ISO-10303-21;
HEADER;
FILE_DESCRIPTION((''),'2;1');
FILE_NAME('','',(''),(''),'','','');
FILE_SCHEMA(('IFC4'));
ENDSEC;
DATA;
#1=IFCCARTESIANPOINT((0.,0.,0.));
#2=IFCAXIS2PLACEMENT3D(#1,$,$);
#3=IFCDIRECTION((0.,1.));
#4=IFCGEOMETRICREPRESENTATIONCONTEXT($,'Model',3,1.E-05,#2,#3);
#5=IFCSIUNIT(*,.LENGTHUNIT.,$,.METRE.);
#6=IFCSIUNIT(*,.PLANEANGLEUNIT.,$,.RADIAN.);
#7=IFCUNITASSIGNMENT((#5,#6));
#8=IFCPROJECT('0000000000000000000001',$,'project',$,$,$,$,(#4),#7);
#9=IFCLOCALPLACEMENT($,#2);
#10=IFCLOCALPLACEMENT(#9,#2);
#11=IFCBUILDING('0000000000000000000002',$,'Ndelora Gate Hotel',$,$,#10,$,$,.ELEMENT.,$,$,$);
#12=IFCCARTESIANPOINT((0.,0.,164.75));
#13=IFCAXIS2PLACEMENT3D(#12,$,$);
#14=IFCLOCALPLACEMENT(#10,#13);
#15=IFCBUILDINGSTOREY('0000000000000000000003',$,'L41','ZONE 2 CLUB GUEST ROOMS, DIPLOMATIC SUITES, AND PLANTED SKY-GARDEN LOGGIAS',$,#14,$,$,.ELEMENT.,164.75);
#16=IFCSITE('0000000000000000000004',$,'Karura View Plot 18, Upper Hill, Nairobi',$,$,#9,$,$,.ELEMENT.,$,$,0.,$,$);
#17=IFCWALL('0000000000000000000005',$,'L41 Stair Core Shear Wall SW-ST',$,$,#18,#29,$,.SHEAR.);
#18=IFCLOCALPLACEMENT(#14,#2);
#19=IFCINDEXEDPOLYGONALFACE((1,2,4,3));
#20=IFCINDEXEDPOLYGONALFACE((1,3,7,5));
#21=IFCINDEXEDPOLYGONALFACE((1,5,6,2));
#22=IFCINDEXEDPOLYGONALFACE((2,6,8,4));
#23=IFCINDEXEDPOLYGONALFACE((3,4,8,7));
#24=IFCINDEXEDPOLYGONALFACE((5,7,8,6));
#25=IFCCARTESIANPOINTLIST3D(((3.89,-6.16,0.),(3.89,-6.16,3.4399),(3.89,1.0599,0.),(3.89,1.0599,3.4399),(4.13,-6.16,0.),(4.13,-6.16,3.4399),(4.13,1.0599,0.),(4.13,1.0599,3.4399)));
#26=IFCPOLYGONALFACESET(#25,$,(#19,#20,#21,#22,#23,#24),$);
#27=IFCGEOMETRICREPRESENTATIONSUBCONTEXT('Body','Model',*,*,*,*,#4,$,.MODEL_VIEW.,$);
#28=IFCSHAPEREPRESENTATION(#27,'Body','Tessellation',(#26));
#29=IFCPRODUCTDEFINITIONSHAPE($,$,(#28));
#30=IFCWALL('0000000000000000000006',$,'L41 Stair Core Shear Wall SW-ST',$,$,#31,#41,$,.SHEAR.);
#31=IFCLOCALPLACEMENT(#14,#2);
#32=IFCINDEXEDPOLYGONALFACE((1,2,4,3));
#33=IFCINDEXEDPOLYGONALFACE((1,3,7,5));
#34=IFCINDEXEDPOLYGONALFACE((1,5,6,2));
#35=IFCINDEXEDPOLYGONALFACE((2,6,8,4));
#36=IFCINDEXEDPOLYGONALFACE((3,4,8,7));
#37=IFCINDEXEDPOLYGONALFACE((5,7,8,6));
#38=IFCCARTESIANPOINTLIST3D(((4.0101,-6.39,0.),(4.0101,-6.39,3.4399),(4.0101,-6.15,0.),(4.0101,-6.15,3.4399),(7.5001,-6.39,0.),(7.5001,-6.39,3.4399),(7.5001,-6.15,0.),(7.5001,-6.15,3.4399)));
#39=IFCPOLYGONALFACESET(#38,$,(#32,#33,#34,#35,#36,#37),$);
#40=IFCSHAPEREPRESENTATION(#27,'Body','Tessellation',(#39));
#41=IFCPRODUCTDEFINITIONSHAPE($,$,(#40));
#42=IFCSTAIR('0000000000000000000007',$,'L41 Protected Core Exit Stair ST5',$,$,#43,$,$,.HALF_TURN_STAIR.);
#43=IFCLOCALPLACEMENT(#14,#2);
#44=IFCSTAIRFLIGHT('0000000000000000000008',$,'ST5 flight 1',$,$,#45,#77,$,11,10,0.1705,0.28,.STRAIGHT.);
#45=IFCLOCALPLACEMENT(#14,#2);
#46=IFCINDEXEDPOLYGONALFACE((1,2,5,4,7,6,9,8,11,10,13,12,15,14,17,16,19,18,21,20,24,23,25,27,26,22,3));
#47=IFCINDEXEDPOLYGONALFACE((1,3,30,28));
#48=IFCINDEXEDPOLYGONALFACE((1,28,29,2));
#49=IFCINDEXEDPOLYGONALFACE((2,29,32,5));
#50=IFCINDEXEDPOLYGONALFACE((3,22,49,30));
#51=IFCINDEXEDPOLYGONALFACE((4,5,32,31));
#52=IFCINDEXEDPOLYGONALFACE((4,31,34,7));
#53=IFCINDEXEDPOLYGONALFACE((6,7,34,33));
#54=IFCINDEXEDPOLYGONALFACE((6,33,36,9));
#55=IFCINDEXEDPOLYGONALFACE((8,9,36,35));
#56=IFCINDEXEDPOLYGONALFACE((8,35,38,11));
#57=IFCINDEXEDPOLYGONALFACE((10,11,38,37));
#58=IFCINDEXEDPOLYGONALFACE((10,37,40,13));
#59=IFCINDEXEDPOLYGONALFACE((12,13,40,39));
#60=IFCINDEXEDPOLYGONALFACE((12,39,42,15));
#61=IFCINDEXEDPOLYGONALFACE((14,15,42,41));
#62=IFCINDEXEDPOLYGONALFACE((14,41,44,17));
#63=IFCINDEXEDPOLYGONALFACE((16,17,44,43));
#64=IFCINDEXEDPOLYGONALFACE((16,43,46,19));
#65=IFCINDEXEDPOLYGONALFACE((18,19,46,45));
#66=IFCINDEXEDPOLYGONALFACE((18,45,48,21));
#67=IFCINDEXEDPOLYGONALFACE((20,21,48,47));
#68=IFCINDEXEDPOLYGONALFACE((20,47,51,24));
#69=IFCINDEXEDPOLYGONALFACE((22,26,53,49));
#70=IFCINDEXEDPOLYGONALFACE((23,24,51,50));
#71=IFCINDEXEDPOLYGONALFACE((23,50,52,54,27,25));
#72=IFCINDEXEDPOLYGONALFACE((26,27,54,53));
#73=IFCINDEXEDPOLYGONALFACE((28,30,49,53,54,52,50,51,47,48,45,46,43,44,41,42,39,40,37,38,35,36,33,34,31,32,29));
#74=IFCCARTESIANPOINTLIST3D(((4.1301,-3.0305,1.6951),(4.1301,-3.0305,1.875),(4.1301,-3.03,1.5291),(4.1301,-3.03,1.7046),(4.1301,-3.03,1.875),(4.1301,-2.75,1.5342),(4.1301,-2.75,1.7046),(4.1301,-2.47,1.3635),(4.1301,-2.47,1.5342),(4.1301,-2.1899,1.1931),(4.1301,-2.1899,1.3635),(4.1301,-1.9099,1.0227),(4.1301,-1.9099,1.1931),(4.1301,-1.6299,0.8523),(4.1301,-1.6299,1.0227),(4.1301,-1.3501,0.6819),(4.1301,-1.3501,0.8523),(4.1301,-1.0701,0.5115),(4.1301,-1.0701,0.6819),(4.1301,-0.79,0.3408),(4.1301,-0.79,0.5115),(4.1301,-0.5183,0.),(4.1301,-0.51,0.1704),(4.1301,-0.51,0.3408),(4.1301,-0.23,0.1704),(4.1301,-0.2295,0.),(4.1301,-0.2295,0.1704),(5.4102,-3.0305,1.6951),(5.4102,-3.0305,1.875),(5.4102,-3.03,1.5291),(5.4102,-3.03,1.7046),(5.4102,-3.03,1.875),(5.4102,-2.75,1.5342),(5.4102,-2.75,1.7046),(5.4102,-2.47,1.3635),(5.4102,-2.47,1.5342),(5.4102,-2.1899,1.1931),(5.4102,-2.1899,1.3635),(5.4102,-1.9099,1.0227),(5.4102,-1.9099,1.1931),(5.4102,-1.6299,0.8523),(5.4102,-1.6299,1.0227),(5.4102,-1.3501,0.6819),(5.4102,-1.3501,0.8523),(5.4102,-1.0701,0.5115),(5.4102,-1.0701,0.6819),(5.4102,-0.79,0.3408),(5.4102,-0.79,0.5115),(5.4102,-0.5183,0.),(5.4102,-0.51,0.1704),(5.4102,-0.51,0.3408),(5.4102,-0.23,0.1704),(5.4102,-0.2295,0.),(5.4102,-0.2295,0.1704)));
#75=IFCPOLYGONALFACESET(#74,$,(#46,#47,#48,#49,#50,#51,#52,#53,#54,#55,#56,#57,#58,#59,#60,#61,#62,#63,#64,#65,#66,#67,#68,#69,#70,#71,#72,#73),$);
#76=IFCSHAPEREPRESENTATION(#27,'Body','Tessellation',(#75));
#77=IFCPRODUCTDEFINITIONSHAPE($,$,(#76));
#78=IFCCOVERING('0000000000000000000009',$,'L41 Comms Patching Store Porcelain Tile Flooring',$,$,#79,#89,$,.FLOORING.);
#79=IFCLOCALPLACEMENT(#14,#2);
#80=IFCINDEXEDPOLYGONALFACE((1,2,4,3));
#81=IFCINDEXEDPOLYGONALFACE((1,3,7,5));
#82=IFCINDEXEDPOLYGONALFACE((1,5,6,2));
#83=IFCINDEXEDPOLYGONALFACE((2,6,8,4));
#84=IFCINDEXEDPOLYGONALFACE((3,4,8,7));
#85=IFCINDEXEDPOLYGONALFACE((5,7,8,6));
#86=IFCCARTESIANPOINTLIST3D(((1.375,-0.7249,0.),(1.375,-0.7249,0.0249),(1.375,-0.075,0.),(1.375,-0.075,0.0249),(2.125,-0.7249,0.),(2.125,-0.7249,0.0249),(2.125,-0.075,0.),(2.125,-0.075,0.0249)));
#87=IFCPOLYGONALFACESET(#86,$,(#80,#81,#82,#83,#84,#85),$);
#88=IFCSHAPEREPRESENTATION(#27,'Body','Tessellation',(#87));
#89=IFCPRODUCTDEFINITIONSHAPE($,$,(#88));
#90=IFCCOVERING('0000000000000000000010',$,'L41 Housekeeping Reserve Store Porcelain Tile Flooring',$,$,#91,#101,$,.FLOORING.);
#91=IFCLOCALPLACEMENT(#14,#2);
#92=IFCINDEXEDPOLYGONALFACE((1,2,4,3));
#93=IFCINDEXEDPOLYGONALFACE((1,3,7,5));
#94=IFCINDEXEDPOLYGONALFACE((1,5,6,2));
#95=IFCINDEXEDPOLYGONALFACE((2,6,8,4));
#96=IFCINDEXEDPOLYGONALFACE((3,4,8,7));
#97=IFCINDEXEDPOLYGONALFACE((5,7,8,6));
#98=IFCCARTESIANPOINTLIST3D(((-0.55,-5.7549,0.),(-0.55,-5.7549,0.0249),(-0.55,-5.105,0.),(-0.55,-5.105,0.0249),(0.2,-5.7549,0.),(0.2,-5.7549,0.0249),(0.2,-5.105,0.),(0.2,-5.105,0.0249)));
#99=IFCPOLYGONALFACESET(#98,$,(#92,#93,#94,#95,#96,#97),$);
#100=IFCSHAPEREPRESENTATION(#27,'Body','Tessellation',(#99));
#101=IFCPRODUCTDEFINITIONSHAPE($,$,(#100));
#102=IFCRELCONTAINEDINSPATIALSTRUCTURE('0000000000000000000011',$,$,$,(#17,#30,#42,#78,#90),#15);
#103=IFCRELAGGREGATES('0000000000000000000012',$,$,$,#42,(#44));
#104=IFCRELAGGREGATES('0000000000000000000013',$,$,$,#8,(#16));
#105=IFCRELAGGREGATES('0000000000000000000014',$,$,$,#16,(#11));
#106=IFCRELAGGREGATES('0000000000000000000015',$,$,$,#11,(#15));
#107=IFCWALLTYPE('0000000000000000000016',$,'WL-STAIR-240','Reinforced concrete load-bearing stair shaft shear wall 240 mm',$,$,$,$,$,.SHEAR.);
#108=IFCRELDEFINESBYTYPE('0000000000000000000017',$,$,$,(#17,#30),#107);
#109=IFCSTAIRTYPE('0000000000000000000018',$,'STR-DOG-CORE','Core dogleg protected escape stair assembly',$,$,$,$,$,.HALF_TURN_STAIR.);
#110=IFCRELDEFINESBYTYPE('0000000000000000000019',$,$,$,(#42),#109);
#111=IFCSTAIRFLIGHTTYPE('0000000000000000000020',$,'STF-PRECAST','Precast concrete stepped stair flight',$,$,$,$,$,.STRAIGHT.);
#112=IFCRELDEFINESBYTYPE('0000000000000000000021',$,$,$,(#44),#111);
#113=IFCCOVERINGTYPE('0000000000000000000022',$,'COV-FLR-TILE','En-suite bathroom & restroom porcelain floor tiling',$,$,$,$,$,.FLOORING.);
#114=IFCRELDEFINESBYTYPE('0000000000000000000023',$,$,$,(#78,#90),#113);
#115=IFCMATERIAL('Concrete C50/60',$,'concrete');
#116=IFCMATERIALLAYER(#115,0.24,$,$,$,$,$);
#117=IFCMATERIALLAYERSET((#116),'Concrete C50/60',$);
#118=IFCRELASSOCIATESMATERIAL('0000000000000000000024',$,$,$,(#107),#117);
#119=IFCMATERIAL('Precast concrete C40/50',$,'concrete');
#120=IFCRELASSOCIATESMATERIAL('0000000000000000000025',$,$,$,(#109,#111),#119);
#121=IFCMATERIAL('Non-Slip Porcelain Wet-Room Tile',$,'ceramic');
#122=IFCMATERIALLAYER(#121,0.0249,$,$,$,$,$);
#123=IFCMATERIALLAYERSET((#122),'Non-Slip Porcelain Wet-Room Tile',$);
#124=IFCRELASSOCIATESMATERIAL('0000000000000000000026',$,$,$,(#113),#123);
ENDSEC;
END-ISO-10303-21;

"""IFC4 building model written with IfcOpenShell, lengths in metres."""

from ifc_helpers import new_model, si_unit, direction, frame, frame_2d, origin, origin_2d, place, context, subcontext, project, spatial, polyline, rectangle, outline, extrude, material, layer, layer_set, type_object, element, aggregate, save


model = new_model("IFC4")

# Units and contexts
model_context = context("Model", 3, precision=1e-05, world=origin(), true_north=direction((0.0, 1.0)))
body_context = subcontext(model_context, "Body", "Model", "MODEL_VIEW")
ifc_project = project(units=[si_unit("LENGTHUNIT", "METRE"), si_unit("PLANEANGLEUNIT", "RADIAN")], contexts=[model_context])

# Site, building, storey
site_placement = place(None, origin())
site = spatial("IfcSite", under=ifc_project, at=site_placement, Name="Karura View Plot 18, Upper Hill, Nairobi", CompositionType="ELEMENT", RefElevation=0.0)
building_placement = place(site_placement, origin())
building = spatial("IfcBuilding", under=site, at=building_placement, Name="Ndelora Gate Hotel", CompositionType="ELEMENT")
storey_placement = place(building_placement, frame((0.0, 0.0, 164.75)))
storey = spatial("IfcBuildingStorey", under=building, at=storey_placement, Name="L41", Description="ZONE 2 CLUB GUEST ROOMS, DIPLOMATIC SUITES, AND PLANTED SKY-GARDEN LOGGIAS", CompositionType="ELEMENT", Elevation=164.75)

# Walls
ifc_material_1 = material(Name="Concrete C50/60", Category="concrete")
ifc_layer_1 = layer(ifc_material_1, 0.24)
ifc_layer_set_1 = layer_set([ifc_layer_1], Name="Concrete C50/60")
wall_type_1 = type_object("IfcWallType", Name="WL-STAIR-240", Description="Reinforced concrete load-bearing stair shaft shear wall 240 mm", PredefinedType="SHEAR", material=ifc_layer_set_1)
wall_1_placement = place(storey_placement, frame((4.01, -6.1599, 0.0), z_axis=(0.0, 0.0, 1.0), x_axis=(0.0, 1.0, 0.0)))
element("IfcWall", 1, at=wall_1_placement, inside=storey, type_object=wall_type_1, Name="L41 Stair Core Shear Wall SW-ST", PredefinedType="SHEAR", context=body_context, shape_type="SweptSolid", body=[
    extrude(rectangle(XDim=7.22, YDim=0.24, at=frame_2d((3.6099, 0.0))), origin(), (0.0, 0.0, 1.0), 3.4399),
])
wall_2_placement = place(storey_placement, frame((4.01, -6.27, 0.0), z_axis=(0.0, 0.0, 1.0), x_axis=(1.0, 0.0, 0.0)))
element("IfcWall", 2, at=wall_2_placement, inside=storey, type_object=wall_type_1, Name="L41 Stair Core Shear Wall SW-ST", PredefinedType="SHEAR", context=body_context, shape_type="SweptSolid", body=[
    extrude(rectangle(XDim=3.49, YDim=0.24, at=frame_2d((1.7451, 0.0))), origin(), (0.0, 0.0, 1.0), 3.4399),
])

# Stair, stair flight
ifc_material_2 = material(Name="Precast concrete C40/50", Category="concrete")
stair_type = type_object("IfcStairType", Name="STR-DOG-CORE", Description="Core dogleg protected escape stair assembly", PredefinedType="HALF_TURN_STAIR", material=ifc_material_2)
stair_placement = place(storey_placement, origin())
stair = element("IfcStair", 3, at=stair_placement, inside=storey, type_object=stair_type, Name="L41 Protected Core Exit Stair ST5", PredefinedType="HALF_TURN_STAIR")
stair_flight_type = type_object("IfcStairFlightType", Name="STF-PRECAST", Description="Precast concrete stepped stair flight", PredefinedType="STRAIGHT", material=ifc_material_2)
stair_flight_placement = place(storey_placement, frame((4.77, -0.23, 0.0), z_axis=(0.0, 0.0, 1.0), x_axis=(0.0, -1.0, 0.0)))
stair_flight = element("IfcStairFlight", 4, at=stair_flight_placement, type_object=stair_flight_type, Name="ST5 flight 1", NumberOfRisers=11, NumberOfTreads=10, PredefinedType="STRAIGHT", RiserHeight=0.1705, TreadLength=0.28, context=body_context, shape_type="SweptSolid", body=[
    extrude(outline(polyline([(-0.0005, 0.0), (-0.0005, 0.1704), (0.0, 0.1704), (0.28, 0.1704), (0.28, 0.3408), (0.5601, 0.3408), (0.5601, 0.5115), (0.8401, 0.5115), (0.8401, 0.6819), (1.1201, 0.6819), (1.1201, 0.8523), (1.3999, 0.8523), (1.3999, 1.0227), (1.6799, 1.0227), (1.6799, 1.1931), (1.96, 1.1931), (1.96, 1.3635), (2.24, 1.3635), (2.24, 1.5342), (2.52, 1.5342), (2.52, 1.7046), (2.8, 1.7046), (2.8, 1.875), (2.8005, 1.875), (2.8005, 1.6951), (2.8, 1.5291), (0.2883, 0.0), (-0.0005, 0.0)])), frame((0.0, 0.6401, 0.0), z_axis=(0.0, -1.0, 0.0), x_axis=(1.0, 0.0, 0.0)), (0.0, 0.0, 1.0), 1.28),
])
aggregate(stair, [stair_flight])

# Coverings
ifc_material_3 = material(Name="Non-Slip Porcelain Wet-Room Tile", Category="ceramic")
ifc_layer_2 = layer(ifc_material_3, 0.0249)
ifc_layer_set_2 = layer_set([ifc_layer_2], Name="Non-Slip Porcelain Wet-Room Tile")
covering_type = type_object("IfcCoveringType", Name="COV-FLR-TILE", Description="En-suite bathroom & restroom porcelain floor tiling", PredefinedType="FLOORING", material=ifc_layer_set_2)
for number, where, z_axis, x_axis, name in (
    (5, (1.75, -0.3999, 0.0), (0.0, 0.0, 1.0), (1.0, 0.0, 0.0), "L41 Comms Patching Store Porcelain Tile Flooring"),
    (6, (-0.175, -5.4299, 0.0), (0.0, 0.0, 1.0), (1.0, 0.0, 0.0), "L41 Housekeeping Reserve Store Porcelain Tile Flooring"),
):
    element("IfcCovering", number, at=place(storey_placement, frame(where, z_axis=z_axis, x_axis=x_axis)), inside=storey, type_object=covering_type, Name=name, PredefinedType="FLOORING", context=body_context, shape_type="SweptSolid", body=[
        extrude(rectangle(XDim=0.75, YDim=0.6499, at=origin_2d()), origin(), (0.0, 0.0, 1.0), 0.0249),
    ])

save(model, "model.ifc")
